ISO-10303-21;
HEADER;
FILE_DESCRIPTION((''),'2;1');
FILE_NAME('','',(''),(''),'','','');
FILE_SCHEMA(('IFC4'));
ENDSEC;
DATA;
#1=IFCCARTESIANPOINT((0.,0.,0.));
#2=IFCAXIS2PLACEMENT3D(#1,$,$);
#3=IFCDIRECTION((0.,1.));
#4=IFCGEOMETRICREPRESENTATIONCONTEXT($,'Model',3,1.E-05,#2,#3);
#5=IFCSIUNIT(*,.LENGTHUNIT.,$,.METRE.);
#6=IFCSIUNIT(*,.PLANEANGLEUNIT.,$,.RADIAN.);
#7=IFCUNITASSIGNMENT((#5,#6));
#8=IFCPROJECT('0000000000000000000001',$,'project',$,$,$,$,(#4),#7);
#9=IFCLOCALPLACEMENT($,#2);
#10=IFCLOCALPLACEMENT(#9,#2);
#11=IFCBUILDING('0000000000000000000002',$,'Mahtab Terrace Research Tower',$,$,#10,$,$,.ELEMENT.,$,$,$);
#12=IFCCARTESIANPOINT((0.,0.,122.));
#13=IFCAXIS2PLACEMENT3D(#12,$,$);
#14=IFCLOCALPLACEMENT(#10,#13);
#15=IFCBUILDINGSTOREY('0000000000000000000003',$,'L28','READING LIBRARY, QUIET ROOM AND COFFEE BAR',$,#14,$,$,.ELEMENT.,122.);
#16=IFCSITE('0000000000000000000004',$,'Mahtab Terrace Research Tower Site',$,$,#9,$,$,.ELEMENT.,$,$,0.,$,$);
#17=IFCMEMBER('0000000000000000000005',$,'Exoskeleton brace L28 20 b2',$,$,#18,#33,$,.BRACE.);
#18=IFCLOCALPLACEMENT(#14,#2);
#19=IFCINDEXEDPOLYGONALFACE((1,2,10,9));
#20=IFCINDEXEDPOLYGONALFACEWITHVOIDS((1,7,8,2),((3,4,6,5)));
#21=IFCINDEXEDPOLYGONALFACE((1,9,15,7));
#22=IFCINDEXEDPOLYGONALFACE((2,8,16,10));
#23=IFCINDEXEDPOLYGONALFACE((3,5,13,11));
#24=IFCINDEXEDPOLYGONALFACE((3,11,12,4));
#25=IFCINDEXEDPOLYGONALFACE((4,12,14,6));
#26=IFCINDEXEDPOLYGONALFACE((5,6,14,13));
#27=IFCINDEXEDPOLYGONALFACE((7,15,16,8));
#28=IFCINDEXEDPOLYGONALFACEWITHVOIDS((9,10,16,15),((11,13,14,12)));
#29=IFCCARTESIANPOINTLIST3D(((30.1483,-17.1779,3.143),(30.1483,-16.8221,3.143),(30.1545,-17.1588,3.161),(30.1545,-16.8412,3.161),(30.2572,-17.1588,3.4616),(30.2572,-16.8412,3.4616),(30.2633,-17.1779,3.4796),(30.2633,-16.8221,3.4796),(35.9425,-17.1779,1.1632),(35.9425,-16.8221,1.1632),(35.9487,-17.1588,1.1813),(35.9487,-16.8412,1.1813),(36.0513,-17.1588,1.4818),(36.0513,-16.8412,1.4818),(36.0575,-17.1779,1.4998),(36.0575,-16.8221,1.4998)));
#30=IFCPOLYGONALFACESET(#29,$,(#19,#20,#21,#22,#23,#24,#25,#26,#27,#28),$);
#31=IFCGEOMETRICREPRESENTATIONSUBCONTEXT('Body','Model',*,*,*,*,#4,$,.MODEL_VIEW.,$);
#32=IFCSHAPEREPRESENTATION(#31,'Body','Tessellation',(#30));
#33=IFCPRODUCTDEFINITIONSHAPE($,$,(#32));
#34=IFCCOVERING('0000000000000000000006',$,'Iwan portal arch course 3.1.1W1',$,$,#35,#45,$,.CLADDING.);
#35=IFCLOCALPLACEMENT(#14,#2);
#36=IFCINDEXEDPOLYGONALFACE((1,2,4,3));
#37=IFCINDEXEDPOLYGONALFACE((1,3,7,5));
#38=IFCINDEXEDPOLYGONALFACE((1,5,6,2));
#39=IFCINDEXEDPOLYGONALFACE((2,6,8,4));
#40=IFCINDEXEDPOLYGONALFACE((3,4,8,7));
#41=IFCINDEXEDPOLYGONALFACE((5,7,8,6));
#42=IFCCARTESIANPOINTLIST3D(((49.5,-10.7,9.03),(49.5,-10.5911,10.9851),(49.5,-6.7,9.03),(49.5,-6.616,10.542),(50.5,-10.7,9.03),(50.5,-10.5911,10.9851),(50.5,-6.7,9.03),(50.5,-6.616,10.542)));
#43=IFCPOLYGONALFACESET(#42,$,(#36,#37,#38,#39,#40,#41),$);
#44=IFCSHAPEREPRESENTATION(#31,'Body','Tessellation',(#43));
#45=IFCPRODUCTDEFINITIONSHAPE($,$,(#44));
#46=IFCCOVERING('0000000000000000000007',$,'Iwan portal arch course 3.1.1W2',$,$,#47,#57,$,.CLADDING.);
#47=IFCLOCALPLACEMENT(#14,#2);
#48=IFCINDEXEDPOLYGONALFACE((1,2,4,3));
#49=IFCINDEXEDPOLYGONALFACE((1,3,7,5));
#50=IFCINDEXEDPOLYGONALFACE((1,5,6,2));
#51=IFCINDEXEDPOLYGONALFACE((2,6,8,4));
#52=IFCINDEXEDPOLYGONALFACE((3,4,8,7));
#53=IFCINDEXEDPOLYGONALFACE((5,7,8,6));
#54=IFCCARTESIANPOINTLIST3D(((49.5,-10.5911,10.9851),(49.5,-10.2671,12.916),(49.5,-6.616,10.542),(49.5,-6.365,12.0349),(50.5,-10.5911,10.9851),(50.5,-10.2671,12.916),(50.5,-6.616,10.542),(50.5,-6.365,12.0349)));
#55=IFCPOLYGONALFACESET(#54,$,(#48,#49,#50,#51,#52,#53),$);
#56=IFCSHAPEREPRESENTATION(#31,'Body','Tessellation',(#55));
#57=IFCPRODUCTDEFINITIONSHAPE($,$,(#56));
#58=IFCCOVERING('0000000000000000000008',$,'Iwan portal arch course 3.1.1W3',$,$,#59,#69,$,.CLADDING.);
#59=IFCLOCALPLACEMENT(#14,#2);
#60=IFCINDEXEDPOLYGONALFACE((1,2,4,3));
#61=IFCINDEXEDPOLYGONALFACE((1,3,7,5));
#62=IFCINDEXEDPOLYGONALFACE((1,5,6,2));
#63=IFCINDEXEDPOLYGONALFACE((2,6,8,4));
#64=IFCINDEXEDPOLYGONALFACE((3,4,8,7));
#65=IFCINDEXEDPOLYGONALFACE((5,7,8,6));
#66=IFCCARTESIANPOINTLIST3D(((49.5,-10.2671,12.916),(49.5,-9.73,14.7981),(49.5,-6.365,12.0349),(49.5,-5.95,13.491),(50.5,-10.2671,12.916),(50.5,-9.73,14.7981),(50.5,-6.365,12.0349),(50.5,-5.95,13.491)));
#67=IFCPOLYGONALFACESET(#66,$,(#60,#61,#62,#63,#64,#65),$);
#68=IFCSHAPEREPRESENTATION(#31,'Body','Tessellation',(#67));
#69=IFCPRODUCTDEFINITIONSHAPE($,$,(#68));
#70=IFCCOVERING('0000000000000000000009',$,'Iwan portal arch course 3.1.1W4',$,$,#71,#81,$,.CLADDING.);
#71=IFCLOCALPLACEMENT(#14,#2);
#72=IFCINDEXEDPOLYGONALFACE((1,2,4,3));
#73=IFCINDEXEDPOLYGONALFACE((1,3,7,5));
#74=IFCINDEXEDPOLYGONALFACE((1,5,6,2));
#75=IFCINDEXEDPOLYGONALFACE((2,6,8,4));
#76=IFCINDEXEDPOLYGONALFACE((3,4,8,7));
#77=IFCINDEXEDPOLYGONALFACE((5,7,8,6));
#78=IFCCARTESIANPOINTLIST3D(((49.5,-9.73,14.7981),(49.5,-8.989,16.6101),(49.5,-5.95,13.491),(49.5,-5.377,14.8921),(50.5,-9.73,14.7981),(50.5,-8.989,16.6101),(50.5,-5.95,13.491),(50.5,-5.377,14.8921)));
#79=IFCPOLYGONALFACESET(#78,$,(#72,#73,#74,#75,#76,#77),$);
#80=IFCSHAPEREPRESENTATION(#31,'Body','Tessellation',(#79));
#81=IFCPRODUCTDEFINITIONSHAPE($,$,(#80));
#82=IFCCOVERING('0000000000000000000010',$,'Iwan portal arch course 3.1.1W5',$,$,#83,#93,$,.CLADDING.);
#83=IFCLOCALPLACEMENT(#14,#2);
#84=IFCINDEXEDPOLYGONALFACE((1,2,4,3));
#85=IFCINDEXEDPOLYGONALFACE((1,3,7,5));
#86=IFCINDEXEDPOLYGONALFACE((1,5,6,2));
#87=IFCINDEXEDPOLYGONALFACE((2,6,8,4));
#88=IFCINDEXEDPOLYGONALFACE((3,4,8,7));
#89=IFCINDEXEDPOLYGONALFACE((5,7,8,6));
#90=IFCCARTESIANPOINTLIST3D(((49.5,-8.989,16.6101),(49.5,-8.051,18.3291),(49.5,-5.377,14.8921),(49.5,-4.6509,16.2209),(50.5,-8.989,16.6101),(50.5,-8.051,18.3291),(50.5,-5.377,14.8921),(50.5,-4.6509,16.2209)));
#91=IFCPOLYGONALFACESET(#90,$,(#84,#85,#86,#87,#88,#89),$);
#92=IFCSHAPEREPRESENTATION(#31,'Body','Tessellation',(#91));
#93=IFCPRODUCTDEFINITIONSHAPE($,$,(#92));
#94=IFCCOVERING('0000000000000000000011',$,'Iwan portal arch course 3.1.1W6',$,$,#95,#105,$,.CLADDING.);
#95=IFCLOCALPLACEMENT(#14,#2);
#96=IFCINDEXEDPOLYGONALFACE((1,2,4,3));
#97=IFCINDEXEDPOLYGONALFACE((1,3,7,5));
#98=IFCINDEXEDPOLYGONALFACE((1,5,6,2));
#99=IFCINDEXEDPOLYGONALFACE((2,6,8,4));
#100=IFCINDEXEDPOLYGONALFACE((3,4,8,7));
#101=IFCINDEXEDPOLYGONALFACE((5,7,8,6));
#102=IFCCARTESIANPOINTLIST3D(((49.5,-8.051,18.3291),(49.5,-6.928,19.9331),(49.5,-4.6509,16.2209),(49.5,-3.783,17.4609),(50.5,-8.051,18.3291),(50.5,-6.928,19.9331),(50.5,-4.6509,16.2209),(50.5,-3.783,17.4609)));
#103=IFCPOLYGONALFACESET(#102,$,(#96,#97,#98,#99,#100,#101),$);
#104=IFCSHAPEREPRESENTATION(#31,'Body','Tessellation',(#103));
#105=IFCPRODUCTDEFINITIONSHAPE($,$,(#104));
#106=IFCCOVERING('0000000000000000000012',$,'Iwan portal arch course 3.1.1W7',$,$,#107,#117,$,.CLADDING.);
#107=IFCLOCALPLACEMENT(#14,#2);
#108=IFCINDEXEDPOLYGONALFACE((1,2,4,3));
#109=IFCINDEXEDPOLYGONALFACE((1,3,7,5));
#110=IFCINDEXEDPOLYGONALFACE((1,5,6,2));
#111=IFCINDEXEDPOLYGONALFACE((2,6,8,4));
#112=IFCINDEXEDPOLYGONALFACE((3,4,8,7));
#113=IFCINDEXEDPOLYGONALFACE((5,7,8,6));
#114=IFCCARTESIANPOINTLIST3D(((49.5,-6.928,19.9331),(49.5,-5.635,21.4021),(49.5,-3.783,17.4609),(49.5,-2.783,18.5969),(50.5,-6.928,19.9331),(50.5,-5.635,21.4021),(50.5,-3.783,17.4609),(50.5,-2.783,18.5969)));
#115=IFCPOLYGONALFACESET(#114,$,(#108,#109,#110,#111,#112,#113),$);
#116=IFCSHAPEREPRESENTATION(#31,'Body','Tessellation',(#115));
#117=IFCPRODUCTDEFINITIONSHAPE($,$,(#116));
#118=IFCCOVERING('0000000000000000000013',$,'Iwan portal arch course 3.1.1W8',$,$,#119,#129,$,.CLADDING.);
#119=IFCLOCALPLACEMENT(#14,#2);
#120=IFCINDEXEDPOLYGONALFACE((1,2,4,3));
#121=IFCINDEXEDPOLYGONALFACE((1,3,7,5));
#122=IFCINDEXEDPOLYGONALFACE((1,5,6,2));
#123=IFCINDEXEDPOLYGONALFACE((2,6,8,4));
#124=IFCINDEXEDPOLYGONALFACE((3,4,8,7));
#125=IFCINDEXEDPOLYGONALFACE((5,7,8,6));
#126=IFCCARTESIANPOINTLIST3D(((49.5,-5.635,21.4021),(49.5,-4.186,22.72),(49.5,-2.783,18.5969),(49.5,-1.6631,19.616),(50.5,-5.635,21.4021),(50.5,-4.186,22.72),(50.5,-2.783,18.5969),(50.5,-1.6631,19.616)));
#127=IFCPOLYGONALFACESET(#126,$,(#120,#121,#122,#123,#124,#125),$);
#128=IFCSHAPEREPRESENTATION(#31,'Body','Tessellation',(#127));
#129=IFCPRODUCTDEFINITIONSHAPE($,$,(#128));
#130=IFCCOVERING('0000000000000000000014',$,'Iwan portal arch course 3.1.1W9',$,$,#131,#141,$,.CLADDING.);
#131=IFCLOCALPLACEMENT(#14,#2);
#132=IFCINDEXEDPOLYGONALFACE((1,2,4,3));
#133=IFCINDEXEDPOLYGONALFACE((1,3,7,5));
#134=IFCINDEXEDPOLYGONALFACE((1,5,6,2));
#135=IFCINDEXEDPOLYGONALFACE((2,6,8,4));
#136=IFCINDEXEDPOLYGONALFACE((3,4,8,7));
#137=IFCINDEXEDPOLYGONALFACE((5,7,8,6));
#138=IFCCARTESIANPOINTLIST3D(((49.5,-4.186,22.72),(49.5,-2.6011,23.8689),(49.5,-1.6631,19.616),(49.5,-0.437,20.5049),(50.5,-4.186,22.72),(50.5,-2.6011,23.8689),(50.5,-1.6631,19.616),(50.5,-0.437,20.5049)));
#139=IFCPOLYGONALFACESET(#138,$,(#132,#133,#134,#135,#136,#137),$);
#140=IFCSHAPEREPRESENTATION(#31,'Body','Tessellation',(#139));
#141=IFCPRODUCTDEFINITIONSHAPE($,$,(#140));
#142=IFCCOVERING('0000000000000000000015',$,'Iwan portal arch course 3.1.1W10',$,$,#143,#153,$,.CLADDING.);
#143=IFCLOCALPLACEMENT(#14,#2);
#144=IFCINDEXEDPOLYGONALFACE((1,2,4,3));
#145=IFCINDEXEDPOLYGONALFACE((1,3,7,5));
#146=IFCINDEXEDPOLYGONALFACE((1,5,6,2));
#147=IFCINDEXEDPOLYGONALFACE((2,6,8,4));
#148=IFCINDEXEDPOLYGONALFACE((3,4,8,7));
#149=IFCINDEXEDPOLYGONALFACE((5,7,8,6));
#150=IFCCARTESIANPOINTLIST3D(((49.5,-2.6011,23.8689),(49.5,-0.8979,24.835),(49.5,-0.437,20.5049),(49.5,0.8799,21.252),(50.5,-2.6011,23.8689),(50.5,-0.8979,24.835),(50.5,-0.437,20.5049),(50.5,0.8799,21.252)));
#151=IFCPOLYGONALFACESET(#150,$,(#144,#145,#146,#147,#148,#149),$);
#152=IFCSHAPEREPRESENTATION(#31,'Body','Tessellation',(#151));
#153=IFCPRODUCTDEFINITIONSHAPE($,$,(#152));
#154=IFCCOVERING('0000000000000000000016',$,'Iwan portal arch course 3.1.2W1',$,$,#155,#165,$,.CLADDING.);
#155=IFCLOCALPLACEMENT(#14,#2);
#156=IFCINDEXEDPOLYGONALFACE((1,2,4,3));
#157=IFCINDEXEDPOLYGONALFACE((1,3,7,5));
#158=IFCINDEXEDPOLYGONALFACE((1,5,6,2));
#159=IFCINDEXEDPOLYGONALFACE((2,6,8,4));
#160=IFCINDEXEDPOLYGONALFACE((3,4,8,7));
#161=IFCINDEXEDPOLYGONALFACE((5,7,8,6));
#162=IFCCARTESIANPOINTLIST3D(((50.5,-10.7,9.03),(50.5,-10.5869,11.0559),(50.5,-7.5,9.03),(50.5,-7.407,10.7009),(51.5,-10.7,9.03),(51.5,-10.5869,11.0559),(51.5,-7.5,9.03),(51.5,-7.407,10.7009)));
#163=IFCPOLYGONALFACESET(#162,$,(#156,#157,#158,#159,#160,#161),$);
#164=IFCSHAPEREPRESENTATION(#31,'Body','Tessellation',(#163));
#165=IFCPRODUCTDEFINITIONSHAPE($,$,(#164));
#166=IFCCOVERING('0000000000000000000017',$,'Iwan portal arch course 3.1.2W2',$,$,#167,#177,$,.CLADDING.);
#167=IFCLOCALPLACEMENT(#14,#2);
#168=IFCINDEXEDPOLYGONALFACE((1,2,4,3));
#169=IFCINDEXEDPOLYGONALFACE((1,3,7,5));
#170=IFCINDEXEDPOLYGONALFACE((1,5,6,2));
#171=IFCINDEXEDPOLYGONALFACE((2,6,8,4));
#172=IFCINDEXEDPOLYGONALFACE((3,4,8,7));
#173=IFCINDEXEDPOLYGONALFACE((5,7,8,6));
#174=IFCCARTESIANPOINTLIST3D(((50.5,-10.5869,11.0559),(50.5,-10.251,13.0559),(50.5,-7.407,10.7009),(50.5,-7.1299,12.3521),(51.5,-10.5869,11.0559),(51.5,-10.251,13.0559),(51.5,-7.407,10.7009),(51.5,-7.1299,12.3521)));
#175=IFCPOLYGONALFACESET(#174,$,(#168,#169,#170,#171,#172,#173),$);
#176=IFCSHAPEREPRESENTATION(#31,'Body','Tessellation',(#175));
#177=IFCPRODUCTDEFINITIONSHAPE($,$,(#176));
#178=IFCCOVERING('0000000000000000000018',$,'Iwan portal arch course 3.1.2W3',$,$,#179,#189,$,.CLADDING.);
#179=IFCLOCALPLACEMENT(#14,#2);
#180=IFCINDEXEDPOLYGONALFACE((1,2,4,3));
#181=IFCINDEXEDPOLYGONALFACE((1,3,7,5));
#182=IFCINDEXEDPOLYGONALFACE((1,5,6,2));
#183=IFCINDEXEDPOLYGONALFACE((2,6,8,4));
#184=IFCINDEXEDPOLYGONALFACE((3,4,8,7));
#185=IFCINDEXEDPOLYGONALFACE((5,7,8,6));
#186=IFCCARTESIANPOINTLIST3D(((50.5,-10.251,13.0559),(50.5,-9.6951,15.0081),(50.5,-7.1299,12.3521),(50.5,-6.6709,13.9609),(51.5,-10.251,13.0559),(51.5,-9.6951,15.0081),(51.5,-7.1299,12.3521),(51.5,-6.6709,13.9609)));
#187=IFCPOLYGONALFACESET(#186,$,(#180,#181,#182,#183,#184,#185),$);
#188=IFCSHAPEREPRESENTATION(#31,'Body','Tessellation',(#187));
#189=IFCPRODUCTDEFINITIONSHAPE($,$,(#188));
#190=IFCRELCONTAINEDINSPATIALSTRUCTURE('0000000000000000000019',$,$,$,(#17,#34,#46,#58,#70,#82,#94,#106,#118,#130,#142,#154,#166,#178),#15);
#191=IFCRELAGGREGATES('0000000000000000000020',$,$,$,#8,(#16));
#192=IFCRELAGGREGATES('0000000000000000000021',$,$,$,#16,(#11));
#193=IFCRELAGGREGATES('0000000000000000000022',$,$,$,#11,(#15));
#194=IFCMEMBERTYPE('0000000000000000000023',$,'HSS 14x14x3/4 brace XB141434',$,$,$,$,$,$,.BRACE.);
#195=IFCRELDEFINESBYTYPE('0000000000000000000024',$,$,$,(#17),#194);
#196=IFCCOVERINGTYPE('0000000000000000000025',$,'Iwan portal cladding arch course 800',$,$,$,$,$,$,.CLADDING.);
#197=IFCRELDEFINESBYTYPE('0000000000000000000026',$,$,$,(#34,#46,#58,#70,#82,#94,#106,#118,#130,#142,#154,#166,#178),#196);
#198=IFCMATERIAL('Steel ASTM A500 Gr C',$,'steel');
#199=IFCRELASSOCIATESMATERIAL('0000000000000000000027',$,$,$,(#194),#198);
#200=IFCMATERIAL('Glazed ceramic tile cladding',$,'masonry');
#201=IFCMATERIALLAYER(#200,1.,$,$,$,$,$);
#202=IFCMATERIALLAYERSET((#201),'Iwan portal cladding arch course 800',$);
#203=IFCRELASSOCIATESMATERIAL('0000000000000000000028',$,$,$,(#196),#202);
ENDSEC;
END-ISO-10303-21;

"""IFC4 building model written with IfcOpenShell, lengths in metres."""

from ifc_helpers import new_model, si_unit, direction, frame, origin, origin_2d, place, context, subcontext, project, spatial, polyline, hollow_rectangle, outline, extrude, material, layer, layer_set, material_profile, profile_set, type_object, element, save


model = new_model("IFC4")

# Units and contexts
model_context = context("Model", 3, precision=1e-05, world=origin(), true_north=direction((0.0, 1.0)))
body_context = subcontext(model_context, "Body", "Model", "MODEL_VIEW")
ifc_project = project(units=[si_unit("LENGTHUNIT", "METRE"), si_unit("PLANEANGLEUNIT", "RADIAN")], contexts=[model_context])

# Site, building, storey
site_placement = place(None, origin())
site = spatial("IfcSite", under=ifc_project, at=site_placement, Name="Mahtab Terrace Research Tower Site", CompositionType="ELEMENT", RefElevation=0.0)
building_placement = place(site_placement, origin())
building = spatial("IfcBuilding", under=site, at=building_placement, Name="Mahtab Terrace Research Tower", CompositionType="ELEMENT")
storey_placement = place(building_placement, frame((0.0, 0.0, 122.0)))
storey = spatial("IfcBuildingStorey", under=building, at=storey_placement, Name="L28", Description="READING LIBRARY, QUIET ROOM AND COFFEE BAR", CompositionType="ELEMENT", Elevation=122.0)

# Member
ifc_material_1 = material(Name="Steel ASTM A500 Gr C", Category="steel")
ifc_material_profile = material_profile(ifc_material_1, hollow_rectangle(XDim=0.3557, YDim=0.3557, WallThickness=0.019, at=origin_2d()), Name="HSS14X14X3/4")
ifc_profile_set = profile_set([ifc_material_profile], Name="Steel ASTM A500 Gr C")
member_type = type_object("IfcMemberType", Name="HSS 14x14x3/4 brace XB141434", PredefinedType="BRACE", material=ifc_profile_set)
member_placement = place(storey_placement, frame((36.0, -17.0, 1.3315), z_axis=(-0.946288, 0.0, 0.323324), x_axis=(0.0, -1.0, 0.0)))
element("IfcMember", 1, at=member_placement, inside=storey, type_object=member_type, Name="Exoskeleton brace L28 20 b2", PredefinedType="BRACE", context=body_context, shape_type="SweptSolid", body=[
    extrude(hollow_rectangle(XDim=0.3557, YDim=0.3557, WallThickness=0.019, at=origin_2d()), origin(), (0.0, 0.0, 1.0), 6.123),
])

# Coverings
ifc_material_2 = material(Name="Glazed ceramic tile cladding", Category="masonry")
ifc_layer_1 = layer(ifc_material_2, 1.0)
ifc_layer_set_1 = layer_set([ifc_layer_1], Name="Iwan portal cladding arch course 800")
covering_type_1 = type_object("IfcCoveringType", Name="Iwan portal cladding arch course 800", PredefinedType="CLADDING", material=ifc_layer_set_1)
covering_1_placement = place(storey_placement, frame((49.5, -10.7, 9.03), z_axis=(-1.0, 0.0, 0.0), x_axis=(0.0, 0.055608, 0.998453)))
element("IfcCovering", 2, at=covering_1_placement, inside=storey, type_object=covering_type_1, Name="Iwan portal arch course 3.1.1W1", PredefinedType="CLADDING", context=body_context, shape_type="SweptSolid", body=[
    extrude(outline(polyline([(0.0, 0.0), (1.9581, 0.0), (1.7367, 3.9936), (0.2224, 3.9938), (0.0, 0.0)])), origin(), (0.0, 0.0, -1.0), 1.0),
])
covering_2_placement = place(storey_placement, frame((49.5, -10.5911, 10.9851), z_axis=(-1.0, 0.0, 0.0), x_axis=(0.0, 0.165471, 0.986215)))
element("IfcCovering", 3, at=covering_2_placement, inside=storey, type_object=covering_type_1, Name="Iwan portal arch course 3.1.1W2", PredefinedType="CLADDING", context=body_context, shape_type="SweptSolid", body=[
    extrude(outline(polyline([(0.0, 0.0), (1.9579, 0.0), (1.7346, 3.9941), (0.2208, 3.9936), (0.0, 0.0)])), origin(), (0.0, 0.0, -1.0), 1.0),
])
covering_3_placement = place(storey_placement, frame((49.5, -10.2671, 12.916), z_axis=(-1.0, 0.0, 0.0), x_axis=(0.0, 0.274425, 0.961609)))
element("IfcCovering", 4, at=covering_3_placement, inside=storey, type_object=covering_type_1, Name="Iwan portal arch course 3.1.1W3", PredefinedType="CLADDING", context=body_context, shape_type="SweptSolid", body=[
    extrude(outline(polyline([(0.0, 0.0), (1.9572, 0.0), (1.7376, 3.9936), (0.2236, 3.9941), (0.0, 0.0)])), origin(), (0.0, 0.0, -1.0), 1.0),
])
covering_4_placement = place(storey_placement, frame((49.5, -9.73, 14.7981), z_axis=(-1.0, 0.0, 0.0), x_axis=(0.0, 0.378497, 0.925603)))
element("IfcCovering", 5, at=covering_4_placement, inside=storey, type_object=covering_type_1, Name="Iwan portal arch course 3.1.1W4", PredefinedType="CLADDING", context=body_context, shape_type="SweptSolid", body=[
    extrude(outline(polyline([(0.0, 0.0), (1.9577, 0.0), (1.7346, 3.9936), (0.2208, 3.9935), (0.0, 0.0)])), origin(), (0.0, 0.0, -1.0), 1.0),
])
covering_5_placement = place(storey_placement, frame((49.5, -8.989, 16.6101), z_axis=(-1.0, 0.0, 0.0), x_axis=(0.0, 0.478992, 0.877819)))
element("IfcCovering", 6, at=covering_5_placement, inside=storey, type_object=covering_type_1, Name="Iwan portal arch course 3.1.1W5", PredefinedType="CLADDING", context=body_context, shape_type="SweptSolid", body=[
    extrude(outline(polyline([(0.0, 0.0), (1.9583, 0.0), (1.7363, 3.9945), (0.222, 3.9937), (0.0, 0.0)])), origin(), (0.0, 0.0, -1.0), 1.0),
])
covering_6_placement = place(storey_placement, frame((49.5, -8.051, 18.3291), z_axis=(-1.0, 0.0, 0.0), x_axis=(0.0, 0.573546, 0.819173)))
element("IfcCovering", 7, at=covering_6_placement, inside=storey, type_object=covering_type_1, Name="Iwan portal arch course 3.1.1W6", PredefinedType="CLADDING", context=body_context, shape_type="SweptSolid", body=[
    extrude(outline(polyline([(0.0, 0.0), (1.9581, 0.0), (1.7368, 3.9942), (0.2232, 3.9944), (0.0, 0.0)])), origin(), (0.0, 0.0, -1.0), 1.0),
])
covering_7_placement = place(storey_placement, frame((49.5, -6.928, 19.9331), z_axis=(-1.0, 0.0, 0.0), x_axis=(0.0, 0.660701, 0.750649)))
element("IfcCovering", 8, at=covering_7_placement, inside=storey, type_object=covering_type_1, Name="Iwan portal arch course 3.1.1W7", PredefinedType="CLADDING", context=body_context, shape_type="SweptSolid", body=[
    extrude(outline(polyline([(0.0, 0.0), (1.957, 0.0), (1.7356, 3.9943), (0.2222, 3.9942), (0.0, 0.0)])), origin(), (0.0, 0.0, -1.0), 1.0),
])
covering_8_placement = place(storey_placement, frame((49.5, -5.635, 21.4021), z_axis=(-1.0, 0.0, 0.0), x_axis=(0.0, 0.739782, 0.672846)))
element("IfcCovering", 9, at=covering_8_placement, inside=storey, type_object=covering_type_1, Name="Iwan portal arch course 3.1.1W8", PredefinedType="CLADDING", context=body_context, shape_type="SweptSolid", body=[
    extrude(outline(polyline([(0.0, 0.0), (1.9587, 0.0), (1.7366, 3.9938), (0.2224, 3.9942), (0.0, 0.0)])), origin(), (0.0, 0.0, -1.0), 1.0),
])
covering_9_placement = place(storey_placement, frame((49.5, -4.186, 22.72), z_axis=(-1.0, 0.0, 0.0), x_axis=(0.0, 0.809652, 0.58691)))
element("IfcCovering", 10, at=covering_9_placement, inside=storey, type_object=covering_type_1, Name="Iwan portal arch course 3.1.1W9", PredefinedType="CLADDING", context=body_context, shape_type="SweptSolid", body=[
    extrude(outline(polyline([(0.0, 0.0), (1.9576, 0.0), (1.7353, 3.9938), (0.2209, 3.9939), (0.0, 0.0)])), origin(), (0.0, 0.0, -1.0), 1.0),
])
covering_10_placement = place(storey_placement, frame((49.5, -2.6011, 23.8689), z_axis=(-1.0, 0.0, 0.0), x_axis=(0.0, 0.869812, 0.493384)))
element("IfcCovering", 11, at=covering_10_placement, inside=storey, type_object=covering_type_1, Name="Iwan portal arch course 3.1.1W10", PredefinedType="CLADDING", context=body_context, shape_type="SweptSolid", body=[
    extrude(outline(polyline([(0.0, 0.0), (1.958, 0.0), (1.7366, 3.9937), (0.2226, 3.9938), (0.0, 0.0)])), origin(), (0.0, 0.0, -1.0), 1.0),
])
covering_11_placement = place(storey_placement, frame((50.5, -10.7, 9.03), z_axis=(-1.0, 0.0, 0.0), x_axis=(0.0, 0.05571, 0.998447)))
element("IfcCovering", 12, at=covering_11_placement, inside=storey, type_object=covering_type_1, Name="Iwan portal arch course 3.1.2W1", PredefinedType="CLADDING", context=body_context, shape_type="SweptSolid", body=[
    extrude(outline(polyline([(0.0, 0.0), (2.029, 0.0), (1.8518, 3.1948), (0.1783, 3.195), (0.0, 0.0)])), origin(), (0.0, 0.0, -1.0), 1.0),
])
covering_12_placement = place(storey_placement, frame((50.5, -10.5869, 11.0559), z_axis=(-1.0, 0.0, 0.0), x_axis=(0.0, 0.165648, 0.986185)))
element("IfcCovering", 13, at=covering_12_placement, inside=storey, type_object=covering_type_1, Name="Iwan portal arch course 3.1.2W2", PredefinedType="CLADDING", context=body_context, shape_type="SweptSolid", body=[
    extrude(outline(polyline([(0.0, 0.0), (2.028, 0.0), (1.8509, 3.1946), (0.1767, 3.1948), (0.0, 0.0)])), origin(), (0.0, 0.0, -1.0), 1.0),
])
covering_13_placement = place(storey_placement, frame((50.5, -10.251, 13.0559), z_axis=(-1.0, 0.0, 0.0), x_axis=(0.0, 0.273879, 0.961764)))
element("IfcCovering", 14, at=covering_13_placement, inside=storey, type_object=covering_type_1, Name="Iwan portal arch course 3.1.2W3", PredefinedType="CLADDING", context=body_context, shape_type="SweptSolid", body=[
    extrude(outline(polyline([(0.0, 0.0), (2.0298, 0.0), (1.8509, 3.1953), (0.1779, 3.1945), (0.0, 0.0)])), origin(), (0.0, 0.0, -1.0), 1.0),
])

save(model, "model.ifc")
